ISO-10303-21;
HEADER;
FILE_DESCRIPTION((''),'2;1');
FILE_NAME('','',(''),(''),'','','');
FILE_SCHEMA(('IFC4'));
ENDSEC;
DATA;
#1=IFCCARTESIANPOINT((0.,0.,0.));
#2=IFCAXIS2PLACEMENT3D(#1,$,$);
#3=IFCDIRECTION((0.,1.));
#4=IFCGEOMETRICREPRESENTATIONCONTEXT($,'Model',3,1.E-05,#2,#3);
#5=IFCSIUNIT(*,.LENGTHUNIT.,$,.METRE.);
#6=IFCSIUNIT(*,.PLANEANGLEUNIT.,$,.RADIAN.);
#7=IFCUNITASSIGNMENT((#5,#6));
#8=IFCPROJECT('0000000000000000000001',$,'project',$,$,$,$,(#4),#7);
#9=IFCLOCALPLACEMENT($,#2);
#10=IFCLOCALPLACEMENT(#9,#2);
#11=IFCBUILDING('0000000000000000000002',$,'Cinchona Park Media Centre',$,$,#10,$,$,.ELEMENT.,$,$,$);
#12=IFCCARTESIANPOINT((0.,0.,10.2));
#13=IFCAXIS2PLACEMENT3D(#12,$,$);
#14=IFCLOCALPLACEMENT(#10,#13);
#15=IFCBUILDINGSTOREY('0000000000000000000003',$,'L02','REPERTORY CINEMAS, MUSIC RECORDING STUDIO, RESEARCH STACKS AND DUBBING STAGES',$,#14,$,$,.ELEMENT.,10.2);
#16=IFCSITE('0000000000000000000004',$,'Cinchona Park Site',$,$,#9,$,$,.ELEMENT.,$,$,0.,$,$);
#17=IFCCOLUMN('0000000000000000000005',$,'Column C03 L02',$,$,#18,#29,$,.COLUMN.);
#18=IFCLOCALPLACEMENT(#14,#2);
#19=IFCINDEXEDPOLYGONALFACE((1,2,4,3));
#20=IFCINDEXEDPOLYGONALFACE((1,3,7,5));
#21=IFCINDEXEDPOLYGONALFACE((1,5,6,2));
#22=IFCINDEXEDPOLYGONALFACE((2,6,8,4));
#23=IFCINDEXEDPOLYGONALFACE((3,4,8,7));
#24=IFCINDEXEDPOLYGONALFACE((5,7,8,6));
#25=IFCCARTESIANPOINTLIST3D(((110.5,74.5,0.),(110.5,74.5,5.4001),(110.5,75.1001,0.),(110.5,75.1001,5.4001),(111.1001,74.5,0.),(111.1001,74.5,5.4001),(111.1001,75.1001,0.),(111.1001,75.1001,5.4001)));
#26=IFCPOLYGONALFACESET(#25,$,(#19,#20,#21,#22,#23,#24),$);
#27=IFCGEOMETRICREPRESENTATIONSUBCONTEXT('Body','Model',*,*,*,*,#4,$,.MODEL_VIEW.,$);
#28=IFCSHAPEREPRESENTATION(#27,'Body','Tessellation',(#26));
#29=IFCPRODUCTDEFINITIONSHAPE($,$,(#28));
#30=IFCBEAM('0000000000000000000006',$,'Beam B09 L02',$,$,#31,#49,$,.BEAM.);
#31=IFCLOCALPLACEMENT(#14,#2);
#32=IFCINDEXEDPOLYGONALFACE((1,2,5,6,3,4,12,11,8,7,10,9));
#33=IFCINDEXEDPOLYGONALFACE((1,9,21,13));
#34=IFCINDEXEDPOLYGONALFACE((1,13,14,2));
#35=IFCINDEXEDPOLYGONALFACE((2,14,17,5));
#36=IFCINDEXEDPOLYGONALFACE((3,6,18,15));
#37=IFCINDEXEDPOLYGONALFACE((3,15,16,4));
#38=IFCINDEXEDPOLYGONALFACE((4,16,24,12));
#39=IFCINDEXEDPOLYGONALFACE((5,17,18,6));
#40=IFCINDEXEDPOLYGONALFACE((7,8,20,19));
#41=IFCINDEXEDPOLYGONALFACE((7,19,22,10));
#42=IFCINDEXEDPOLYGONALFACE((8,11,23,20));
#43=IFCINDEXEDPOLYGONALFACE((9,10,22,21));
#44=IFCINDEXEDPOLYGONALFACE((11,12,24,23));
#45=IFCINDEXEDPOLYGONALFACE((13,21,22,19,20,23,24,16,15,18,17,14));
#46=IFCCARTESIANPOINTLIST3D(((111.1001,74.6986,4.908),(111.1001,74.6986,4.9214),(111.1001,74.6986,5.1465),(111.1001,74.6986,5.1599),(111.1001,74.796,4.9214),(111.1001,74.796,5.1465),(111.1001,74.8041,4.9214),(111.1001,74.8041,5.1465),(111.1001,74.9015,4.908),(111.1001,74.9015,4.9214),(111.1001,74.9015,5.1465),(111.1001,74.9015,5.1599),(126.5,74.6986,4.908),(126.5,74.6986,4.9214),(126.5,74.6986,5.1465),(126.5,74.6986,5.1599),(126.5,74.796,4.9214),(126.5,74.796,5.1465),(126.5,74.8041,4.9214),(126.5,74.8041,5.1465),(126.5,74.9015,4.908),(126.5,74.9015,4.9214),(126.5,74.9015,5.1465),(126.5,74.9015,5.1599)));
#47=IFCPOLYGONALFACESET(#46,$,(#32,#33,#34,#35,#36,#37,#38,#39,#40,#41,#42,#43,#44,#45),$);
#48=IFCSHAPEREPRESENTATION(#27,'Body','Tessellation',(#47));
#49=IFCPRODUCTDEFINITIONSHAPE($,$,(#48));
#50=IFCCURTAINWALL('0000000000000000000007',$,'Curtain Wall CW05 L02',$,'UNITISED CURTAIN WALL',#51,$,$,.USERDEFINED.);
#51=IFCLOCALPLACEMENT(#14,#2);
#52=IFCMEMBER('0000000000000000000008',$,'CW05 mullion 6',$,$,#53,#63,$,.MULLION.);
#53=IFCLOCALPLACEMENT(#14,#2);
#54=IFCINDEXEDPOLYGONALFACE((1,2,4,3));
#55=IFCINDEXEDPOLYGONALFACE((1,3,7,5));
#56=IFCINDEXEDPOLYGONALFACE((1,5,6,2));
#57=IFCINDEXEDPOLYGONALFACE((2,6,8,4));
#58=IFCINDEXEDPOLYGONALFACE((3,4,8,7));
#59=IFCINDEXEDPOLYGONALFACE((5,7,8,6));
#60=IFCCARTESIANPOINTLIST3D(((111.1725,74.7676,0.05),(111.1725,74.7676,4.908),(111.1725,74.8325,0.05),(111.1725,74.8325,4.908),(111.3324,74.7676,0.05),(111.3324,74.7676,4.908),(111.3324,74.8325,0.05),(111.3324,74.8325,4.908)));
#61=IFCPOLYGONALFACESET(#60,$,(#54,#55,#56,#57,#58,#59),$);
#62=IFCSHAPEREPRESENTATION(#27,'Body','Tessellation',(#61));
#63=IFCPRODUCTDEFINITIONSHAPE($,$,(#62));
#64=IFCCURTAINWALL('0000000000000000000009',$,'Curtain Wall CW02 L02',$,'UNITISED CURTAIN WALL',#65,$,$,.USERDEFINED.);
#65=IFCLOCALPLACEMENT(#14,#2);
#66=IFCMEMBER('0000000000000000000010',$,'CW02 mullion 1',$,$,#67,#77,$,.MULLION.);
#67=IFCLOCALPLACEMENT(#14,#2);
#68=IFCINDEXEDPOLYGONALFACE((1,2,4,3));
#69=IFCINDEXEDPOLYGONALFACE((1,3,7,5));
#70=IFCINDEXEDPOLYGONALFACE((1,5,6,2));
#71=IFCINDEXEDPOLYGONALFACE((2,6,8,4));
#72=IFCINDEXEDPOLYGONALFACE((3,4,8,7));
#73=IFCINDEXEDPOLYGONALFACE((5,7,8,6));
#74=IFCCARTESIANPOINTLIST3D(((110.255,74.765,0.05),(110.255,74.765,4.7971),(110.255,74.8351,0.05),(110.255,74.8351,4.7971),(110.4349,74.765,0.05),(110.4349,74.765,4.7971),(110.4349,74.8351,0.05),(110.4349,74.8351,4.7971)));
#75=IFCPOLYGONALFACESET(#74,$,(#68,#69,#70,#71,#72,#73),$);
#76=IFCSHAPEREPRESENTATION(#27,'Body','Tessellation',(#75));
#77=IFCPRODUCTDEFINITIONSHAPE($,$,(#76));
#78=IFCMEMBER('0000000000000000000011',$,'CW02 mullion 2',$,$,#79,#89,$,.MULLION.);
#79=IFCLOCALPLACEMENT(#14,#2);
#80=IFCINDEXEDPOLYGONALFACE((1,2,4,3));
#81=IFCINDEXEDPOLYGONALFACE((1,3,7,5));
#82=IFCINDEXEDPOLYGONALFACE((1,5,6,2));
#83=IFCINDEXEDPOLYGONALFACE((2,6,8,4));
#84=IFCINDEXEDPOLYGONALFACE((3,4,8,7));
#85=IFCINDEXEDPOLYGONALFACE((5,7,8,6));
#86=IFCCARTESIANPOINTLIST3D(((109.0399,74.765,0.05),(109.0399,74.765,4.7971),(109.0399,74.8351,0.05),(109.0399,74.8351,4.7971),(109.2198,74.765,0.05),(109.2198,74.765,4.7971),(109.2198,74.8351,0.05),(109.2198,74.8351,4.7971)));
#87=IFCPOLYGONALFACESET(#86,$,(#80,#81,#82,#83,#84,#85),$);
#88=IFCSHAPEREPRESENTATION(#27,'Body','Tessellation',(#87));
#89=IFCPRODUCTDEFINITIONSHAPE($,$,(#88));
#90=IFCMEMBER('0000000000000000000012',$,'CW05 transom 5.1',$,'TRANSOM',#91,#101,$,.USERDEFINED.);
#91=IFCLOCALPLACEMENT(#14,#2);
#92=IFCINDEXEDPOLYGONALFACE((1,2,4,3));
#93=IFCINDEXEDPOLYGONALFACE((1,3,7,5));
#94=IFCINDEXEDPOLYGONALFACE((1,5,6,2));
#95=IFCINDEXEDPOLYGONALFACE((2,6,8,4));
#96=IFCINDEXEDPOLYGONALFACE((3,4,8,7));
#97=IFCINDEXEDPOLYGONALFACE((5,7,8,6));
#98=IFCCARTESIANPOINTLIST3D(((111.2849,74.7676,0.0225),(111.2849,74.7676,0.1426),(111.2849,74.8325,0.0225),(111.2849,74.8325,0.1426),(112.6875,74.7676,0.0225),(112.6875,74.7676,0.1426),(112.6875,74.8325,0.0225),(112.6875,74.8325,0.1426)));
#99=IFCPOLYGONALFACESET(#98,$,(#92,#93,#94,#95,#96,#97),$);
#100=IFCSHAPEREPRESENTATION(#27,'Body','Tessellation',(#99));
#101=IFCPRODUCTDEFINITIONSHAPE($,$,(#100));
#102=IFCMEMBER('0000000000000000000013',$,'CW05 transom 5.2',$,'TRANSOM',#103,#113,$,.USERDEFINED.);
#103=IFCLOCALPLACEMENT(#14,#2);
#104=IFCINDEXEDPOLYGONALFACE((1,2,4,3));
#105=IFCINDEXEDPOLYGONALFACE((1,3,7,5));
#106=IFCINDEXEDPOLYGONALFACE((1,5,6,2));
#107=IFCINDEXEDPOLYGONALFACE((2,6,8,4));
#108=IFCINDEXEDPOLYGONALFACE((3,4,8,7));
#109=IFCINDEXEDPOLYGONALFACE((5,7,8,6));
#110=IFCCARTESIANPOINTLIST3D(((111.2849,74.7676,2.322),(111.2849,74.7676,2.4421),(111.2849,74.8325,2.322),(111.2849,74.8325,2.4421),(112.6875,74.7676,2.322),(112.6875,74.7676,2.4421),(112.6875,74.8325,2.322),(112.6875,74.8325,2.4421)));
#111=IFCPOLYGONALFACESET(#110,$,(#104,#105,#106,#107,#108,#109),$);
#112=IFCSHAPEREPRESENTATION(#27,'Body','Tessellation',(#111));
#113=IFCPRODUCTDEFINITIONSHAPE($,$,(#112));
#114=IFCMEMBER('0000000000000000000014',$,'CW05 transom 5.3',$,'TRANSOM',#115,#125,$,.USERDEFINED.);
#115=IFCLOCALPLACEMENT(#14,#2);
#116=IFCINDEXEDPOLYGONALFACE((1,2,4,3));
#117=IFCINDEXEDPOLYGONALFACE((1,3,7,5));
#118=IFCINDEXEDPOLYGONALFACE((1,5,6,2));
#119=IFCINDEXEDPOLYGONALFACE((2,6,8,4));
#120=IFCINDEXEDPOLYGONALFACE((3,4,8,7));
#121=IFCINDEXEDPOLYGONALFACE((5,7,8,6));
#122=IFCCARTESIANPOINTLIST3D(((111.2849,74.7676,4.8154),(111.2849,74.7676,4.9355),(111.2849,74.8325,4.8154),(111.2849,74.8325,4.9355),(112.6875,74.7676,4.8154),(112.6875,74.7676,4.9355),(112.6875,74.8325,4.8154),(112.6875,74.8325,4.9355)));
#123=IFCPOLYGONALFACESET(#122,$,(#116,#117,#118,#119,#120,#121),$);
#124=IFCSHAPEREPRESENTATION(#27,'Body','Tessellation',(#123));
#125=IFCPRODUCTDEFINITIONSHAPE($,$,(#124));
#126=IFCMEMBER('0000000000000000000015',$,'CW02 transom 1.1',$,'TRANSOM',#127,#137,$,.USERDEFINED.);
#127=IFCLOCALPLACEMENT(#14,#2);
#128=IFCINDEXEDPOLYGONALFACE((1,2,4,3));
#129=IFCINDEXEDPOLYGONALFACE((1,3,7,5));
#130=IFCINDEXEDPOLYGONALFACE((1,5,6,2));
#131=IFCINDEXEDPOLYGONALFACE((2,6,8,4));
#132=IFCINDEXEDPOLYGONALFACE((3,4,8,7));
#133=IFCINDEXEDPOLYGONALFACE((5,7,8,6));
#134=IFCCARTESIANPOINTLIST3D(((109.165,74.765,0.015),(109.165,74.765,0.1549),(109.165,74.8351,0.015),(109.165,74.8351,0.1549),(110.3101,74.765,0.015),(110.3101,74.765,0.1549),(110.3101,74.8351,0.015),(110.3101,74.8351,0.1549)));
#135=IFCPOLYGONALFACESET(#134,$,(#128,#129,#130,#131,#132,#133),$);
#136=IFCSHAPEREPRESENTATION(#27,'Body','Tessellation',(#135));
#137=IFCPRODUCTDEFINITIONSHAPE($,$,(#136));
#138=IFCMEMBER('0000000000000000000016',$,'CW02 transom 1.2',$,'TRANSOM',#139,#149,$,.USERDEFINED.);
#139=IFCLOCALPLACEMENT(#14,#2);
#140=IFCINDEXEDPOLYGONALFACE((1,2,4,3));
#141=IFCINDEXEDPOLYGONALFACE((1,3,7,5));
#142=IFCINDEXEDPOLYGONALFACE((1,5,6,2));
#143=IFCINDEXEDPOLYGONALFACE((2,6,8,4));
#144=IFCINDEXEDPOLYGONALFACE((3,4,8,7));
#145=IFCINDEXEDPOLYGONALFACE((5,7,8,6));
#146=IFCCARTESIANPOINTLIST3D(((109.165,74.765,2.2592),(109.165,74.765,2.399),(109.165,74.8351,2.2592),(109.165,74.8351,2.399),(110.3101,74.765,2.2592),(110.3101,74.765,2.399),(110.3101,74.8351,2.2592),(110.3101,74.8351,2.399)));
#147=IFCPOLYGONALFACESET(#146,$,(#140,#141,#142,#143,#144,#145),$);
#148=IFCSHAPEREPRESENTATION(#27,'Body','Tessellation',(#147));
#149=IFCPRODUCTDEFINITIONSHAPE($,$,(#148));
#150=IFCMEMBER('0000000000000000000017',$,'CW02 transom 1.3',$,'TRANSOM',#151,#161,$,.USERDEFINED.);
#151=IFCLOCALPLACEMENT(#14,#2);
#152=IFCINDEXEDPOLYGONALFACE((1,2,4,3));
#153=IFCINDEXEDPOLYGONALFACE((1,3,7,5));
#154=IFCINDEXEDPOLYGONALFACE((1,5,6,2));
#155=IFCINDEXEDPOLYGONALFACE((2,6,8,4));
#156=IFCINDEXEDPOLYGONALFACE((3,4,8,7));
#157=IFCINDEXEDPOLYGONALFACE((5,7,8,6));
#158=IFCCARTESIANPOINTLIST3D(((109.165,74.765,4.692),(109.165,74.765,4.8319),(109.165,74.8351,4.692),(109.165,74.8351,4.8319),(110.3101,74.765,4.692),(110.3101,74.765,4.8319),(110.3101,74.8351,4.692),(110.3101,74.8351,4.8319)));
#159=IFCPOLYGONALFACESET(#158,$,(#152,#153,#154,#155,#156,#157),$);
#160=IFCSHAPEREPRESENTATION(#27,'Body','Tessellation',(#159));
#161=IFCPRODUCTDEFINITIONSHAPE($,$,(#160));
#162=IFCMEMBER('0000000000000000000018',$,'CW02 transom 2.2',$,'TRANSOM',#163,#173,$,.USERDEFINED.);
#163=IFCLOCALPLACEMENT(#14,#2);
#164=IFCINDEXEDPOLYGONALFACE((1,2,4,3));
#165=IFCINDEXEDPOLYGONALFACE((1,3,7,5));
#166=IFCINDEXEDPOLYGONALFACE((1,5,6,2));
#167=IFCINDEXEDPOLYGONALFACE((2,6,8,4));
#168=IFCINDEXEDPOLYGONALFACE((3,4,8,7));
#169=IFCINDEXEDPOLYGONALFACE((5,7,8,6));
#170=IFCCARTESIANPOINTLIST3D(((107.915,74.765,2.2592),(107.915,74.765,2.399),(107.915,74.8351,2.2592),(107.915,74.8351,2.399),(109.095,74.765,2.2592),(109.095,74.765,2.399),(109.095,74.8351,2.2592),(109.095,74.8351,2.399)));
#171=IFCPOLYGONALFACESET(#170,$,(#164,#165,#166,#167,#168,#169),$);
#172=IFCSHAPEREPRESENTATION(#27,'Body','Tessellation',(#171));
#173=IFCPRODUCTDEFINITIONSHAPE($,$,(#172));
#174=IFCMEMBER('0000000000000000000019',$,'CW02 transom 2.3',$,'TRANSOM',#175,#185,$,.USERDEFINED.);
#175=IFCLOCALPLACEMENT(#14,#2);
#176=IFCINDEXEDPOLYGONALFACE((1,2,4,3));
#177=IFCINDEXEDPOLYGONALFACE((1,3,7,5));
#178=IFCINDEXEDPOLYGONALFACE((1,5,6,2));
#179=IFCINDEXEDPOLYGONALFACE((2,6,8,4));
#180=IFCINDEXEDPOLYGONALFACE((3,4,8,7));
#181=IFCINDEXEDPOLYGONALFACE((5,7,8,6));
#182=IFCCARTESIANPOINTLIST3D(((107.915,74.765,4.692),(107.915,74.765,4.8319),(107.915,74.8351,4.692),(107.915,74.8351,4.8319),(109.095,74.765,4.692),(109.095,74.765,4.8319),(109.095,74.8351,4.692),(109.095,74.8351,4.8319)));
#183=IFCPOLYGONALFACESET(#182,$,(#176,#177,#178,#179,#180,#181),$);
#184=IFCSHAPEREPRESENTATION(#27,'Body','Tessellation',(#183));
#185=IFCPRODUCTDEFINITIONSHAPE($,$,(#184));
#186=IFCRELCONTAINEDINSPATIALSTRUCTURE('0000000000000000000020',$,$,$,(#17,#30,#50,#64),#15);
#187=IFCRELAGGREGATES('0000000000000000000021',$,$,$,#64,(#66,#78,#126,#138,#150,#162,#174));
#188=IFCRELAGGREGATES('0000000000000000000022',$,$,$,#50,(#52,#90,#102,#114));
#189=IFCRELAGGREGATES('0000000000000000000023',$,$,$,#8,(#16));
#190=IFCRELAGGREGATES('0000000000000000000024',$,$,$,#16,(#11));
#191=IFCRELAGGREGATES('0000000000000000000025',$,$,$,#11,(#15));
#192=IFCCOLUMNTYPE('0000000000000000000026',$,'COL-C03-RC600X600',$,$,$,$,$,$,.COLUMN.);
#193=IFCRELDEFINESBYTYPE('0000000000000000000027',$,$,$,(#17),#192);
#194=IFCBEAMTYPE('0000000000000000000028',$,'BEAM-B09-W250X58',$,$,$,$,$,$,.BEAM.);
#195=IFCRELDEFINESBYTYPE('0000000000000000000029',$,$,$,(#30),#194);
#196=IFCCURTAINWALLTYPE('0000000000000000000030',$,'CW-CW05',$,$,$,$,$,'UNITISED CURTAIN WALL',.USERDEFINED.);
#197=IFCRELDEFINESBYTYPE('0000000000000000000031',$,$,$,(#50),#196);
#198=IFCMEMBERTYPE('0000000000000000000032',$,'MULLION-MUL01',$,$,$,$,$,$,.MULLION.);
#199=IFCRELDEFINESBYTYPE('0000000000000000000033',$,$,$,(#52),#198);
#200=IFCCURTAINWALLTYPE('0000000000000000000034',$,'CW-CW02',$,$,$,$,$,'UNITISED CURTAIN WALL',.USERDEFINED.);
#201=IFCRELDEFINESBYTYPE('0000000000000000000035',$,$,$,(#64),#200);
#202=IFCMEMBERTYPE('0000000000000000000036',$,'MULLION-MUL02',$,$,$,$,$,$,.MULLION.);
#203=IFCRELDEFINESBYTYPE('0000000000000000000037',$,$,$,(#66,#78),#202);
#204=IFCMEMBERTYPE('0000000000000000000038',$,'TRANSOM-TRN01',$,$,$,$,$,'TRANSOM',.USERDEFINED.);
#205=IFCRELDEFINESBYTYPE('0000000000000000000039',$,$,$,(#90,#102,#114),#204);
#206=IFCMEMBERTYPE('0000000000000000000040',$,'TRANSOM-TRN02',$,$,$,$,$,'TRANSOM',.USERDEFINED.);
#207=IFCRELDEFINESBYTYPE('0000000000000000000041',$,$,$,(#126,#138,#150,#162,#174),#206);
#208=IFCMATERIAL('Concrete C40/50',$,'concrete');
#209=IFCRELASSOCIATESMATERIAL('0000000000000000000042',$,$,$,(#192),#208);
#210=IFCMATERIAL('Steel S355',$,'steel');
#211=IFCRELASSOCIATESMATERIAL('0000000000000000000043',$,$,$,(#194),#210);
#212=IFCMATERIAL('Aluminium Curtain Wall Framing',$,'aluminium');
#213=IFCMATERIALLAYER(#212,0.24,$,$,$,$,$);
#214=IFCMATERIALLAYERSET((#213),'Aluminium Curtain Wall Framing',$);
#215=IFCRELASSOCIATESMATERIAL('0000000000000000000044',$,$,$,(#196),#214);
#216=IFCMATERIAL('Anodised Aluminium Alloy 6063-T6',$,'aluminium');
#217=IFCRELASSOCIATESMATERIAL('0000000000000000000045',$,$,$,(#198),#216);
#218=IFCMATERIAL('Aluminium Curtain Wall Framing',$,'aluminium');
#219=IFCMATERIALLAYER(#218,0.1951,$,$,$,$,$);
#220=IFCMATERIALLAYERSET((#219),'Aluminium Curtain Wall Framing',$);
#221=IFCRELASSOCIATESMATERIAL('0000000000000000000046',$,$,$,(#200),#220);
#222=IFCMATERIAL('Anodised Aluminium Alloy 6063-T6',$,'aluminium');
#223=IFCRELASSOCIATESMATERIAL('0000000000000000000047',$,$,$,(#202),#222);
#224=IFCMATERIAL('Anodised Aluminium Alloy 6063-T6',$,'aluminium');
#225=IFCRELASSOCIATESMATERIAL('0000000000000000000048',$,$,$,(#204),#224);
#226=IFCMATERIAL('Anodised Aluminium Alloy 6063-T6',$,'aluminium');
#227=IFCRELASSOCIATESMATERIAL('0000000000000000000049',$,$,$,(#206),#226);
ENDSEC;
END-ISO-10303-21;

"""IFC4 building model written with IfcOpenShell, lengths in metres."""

from ifc_helpers import new_model, si_unit, direction, frame, origin, origin_2d, place, context, subcontext, project, spatial, rectangle, i_section, extrude, material, layer, layer_set, material_profile, profile_set, type_object, element, aggregate, save


model = new_model("IFC4")

# Units and contexts
model_context = context("Model", 3, precision=1e-05, world=origin(), true_north=direction((0.0, 1.0)))
body_context = subcontext(model_context, "Body", "Model", "MODEL_VIEW")
ifc_project = project(units=[si_unit("LENGTHUNIT", "METRE"), si_unit("PLANEANGLEUNIT", "RADIAN")], contexts=[model_context])

# Site, building, storey
site_placement = place(None, origin())
site = spatial("IfcSite", under=ifc_project, at=site_placement, Name="Cinchona Park Site", CompositionType="ELEMENT", RefElevation=0.0)
building_placement = place(site_placement, origin())
building = spatial("IfcBuilding", under=site, at=building_placement, Name="Cinchona Park Media Centre", CompositionType="ELEMENT")
storey_placement = place(building_placement, frame((0.0, 0.0, 10.2)))
storey = spatial("IfcBuildingStorey", under=building, at=storey_placement, Name="L02", Description="REPERTORY CINEMAS, MUSIC RECORDING STUDIO, RESEARCH STACKS AND DUBBING STAGES", CompositionType="ELEMENT", Elevation=10.2)

# Column
ifc_material_1 = material(Name="Concrete C40/50", Category="concrete")
ifc_material_profile_1 = material_profile(ifc_material_1, rectangle(XDim=0.6001, YDim=0.6001, at=origin_2d()), Name="RC 600X600")
ifc_profile_set_1 = profile_set([ifc_material_profile_1], Name="Concrete C40/50")
column_type = type_object("IfcColumnType", Name="COL-C03-RC600X600", PredefinedType="COLUMN", material=ifc_profile_set_1)
column_placement = place(storey_placement, frame((110.8, 74.8, 0.0), z_axis=(0.0, 0.0, 1.0), x_axis=(1.0, 0.0, 0.0)))
element("IfcColumn", 1, at=column_placement, inside=storey, type_object=column_type, Name="Column C03 L02", PredefinedType="COLUMN", context=body_context, shape_type="SweptSolid", body=[
    extrude(rectangle(XDim=0.6001, YDim=0.6001, at=origin_2d()), origin(), (0.0, 0.0, 1.0), 5.4001),
])

# Beam
ifc_material_2 = material(Name="Steel S355", Category="steel")
ifc_material_profile_2 = material_profile(ifc_material_2, i_section(OverallWidth=0.2029, OverallDepth=0.252, WebThickness=0.0081, FlangeThickness=0.0134, at=origin_2d()), Name="W250X58")
ifc_profile_set_2 = profile_set([ifc_material_profile_2], Name="Steel S355")
beam_type = type_object("IfcBeamType", Name="BEAM-B09-W250X58", PredefinedType="BEAM", material=ifc_profile_set_2)
beam_placement = place(storey_placement, frame((111.1001, 74.8, 5.0339), z_axis=(1.0, 0.0, 0.0), x_axis=(0.0, 1.0, 0.0)))
element("IfcBeam", 2, at=beam_placement, inside=storey, type_object=beam_type, Name="Beam B09 L02", PredefinedType="BEAM", context=body_context, shape_type="SweptSolid", body=[
    extrude(i_section(OverallWidth=0.2029, OverallDepth=0.252, WebThickness=0.0081, FlangeThickness=0.0134, at=origin_2d()), origin(), (0.0, 0.0, 1.0), 15.3999),
])

# Curtain wall, member
ifc_material_3 = material(Name="Aluminium Curtain Wall Framing", Category="aluminium")
ifc_layer_1 = layer(ifc_material_3, 0.24)
ifc_layer_set_1 = layer_set([ifc_layer_1], Name="Aluminium Curtain Wall Framing")
curtain_wall_type_1 = type_object("IfcCurtainWallType", Name="CW-CW05", ElementType="UNITISED CURTAIN WALL", PredefinedType="USERDEFINED", material=ifc_layer_set_1)
curtain_wall_1_placement = place(storey_placement, origin())
curtain_wall_1 = element("IfcCurtainWall", 3, at=curtain_wall_1_placement, inside=storey, type_object=curtain_wall_type_1, Name="Curtain Wall CW05 L02", ObjectType="UNITISED CURTAIN WALL", PredefinedType="USERDEFINED")
ifc_material_4 = material(Name="Anodised Aluminium Alloy 6063-T6", Category="aluminium")
ifc_material_profile_3 = material_profile(ifc_material_4, rectangle(XDim=0.0649, YDim=0.1599, at=origin_2d()), Name="MUL-65X160")
ifc_profile_set_3 = profile_set([ifc_material_profile_3], Name="Anodised Aluminium Alloy 6063-T6")
member_type_1 = type_object("IfcMemberType", Name="MULLION-MUL01", PredefinedType="MULLION", material=ifc_profile_set_3)
member_1_placement = place(storey_placement, frame((111.2524, 74.8, 0.05), z_axis=(0.0, 0.0, 1.0), x_axis=(0.0, -1.0, 0.0)))
member_1 = element("IfcMember", 4, at=member_1_placement, type_object=member_type_1, Name="CW05 mullion 6", PredefinedType="MULLION", context=body_context, shape_type="SweptSolid", body=[
    extrude(rectangle(XDim=0.0649, YDim=0.1599, at=origin_2d()), origin(), (0.0, 0.0, 1.0), 4.8579),
])

# Curtain wall, members
ifc_material_5 = material(Name="Aluminium Curtain Wall Framing", Category="aluminium")
ifc_layer_2 = layer(ifc_material_5, 0.1951)
ifc_layer_set_2 = layer_set([ifc_layer_2], Name="Aluminium Curtain Wall Framing")
curtain_wall_type_2 = type_object("IfcCurtainWallType", Name="CW-CW02", ElementType="UNITISED CURTAIN WALL", PredefinedType="USERDEFINED", material=ifc_layer_set_2)
curtain_wall_2_placement = place(storey_placement, origin())
curtain_wall_2 = element("IfcCurtainWall", 5, at=curtain_wall_2_placement, inside=storey, type_object=curtain_wall_type_2, Name="Curtain Wall CW02 L02", ObjectType="UNITISED CURTAIN WALL", PredefinedType="USERDEFINED")
ifc_material_6 = material(Name="Anodised Aluminium Alloy 6063-T6", Category="aluminium")
ifc_material_profile_4 = material_profile(ifc_material_6, rectangle(XDim=0.0701, YDim=0.1799, at=origin_2d()), Name="MUL-70X180")
ifc_profile_set_4 = profile_set([ifc_material_profile_4], Name="Anodised Aluminium Alloy 6063-T6")
member_type_2 = type_object("IfcMemberType", Name="MULLION-MUL02", PredefinedType="MULLION", material=ifc_profile_set_4)
member_2_placement = place(storey_placement, frame((110.345, 74.8, 0.05), z_axis=(0.0, 0.0, 1.0), x_axis=(0.0, -1.0, 0.0)))
member_2 = element("IfcMember", 6, at=member_2_placement, type_object=member_type_2, Name="CW02 mullion 1", PredefinedType="MULLION", context=body_context, shape_type="SweptSolid", body=[
    extrude(rectangle(XDim=0.0701, YDim=0.1799, at=origin_2d()), origin(), (0.0, 0.0, 1.0), 4.7471),
])
member_3_placement = place(storey_placement, frame((109.1299, 74.8, 0.05), z_axis=(0.0, 0.0, 1.0), x_axis=(0.0, -1.0, 0.0)))
member_3 = element("IfcMember", 7, at=member_3_placement, type_object=member_type_2, Name="CW02 mullion 2", PredefinedType="MULLION", context=body_context, shape_type="SweptSolid", body=[
    extrude(rectangle(XDim=0.0701, YDim=0.1799, at=origin_2d()), origin(), (0.0, 0.0, 1.0), 4.7471),
])

# Members
ifc_material_7 = material(Name="Anodised Aluminium Alloy 6063-T6", Category="aluminium")
ifc_material_profile_5 = material_profile(ifc_material_7, rectangle(XDim=0.0649, YDim=0.1201, at=origin_2d()), Name="TRN-65X120")
ifc_profile_set_5 = profile_set([ifc_material_profile_5], Name="Anodised Aluminium Alloy 6063-T6")
member_type_3 = type_object("IfcMemberType", Name="TRANSOM-TRN01", ElementType="TRANSOM", PredefinedType="USERDEFINED", material=ifc_profile_set_5)
member_4_placement = place(storey_placement, frame((112.6875, 74.8, 0.0825), z_axis=(-1.0, 0.0, 0.0), x_axis=(0.0, -1.0, 0.0)))
member_4 = element("IfcMember", 8, at=member_4_placement, type_object=member_type_3, Name="CW05 transom 5.1", ObjectType="TRANSOM", PredefinedType="USERDEFINED", context=body_context, shape_type="SweptSolid", body=[
    extrude(rectangle(XDim=0.0649, YDim=0.1201, at=origin_2d()), origin(), (0.0, 0.0, 1.0), 1.4026),
])
member_5_placement = place(storey_placement, frame((112.6875, 74.8, 2.3821), z_axis=(-1.0, 0.0, 0.0), x_axis=(0.0, -1.0, 0.0)))
member_5 = element("IfcMember", 9, at=member_5_placement, type_object=member_type_3, Name="CW05 transom 5.2", ObjectType="TRANSOM", PredefinedType="USERDEFINED", context=body_context, shape_type="SweptSolid", body=[
    extrude(rectangle(XDim=0.0649, YDim=0.1201, at=origin_2d()), origin(), (0.0, 0.0, 1.0), 1.4026),
])
member_6_placement = place(storey_placement, frame((112.6875, 74.8, 4.8755), z_axis=(-1.0, 0.0, 0.0), x_axis=(0.0, -1.0, 0.0)))
member_6 = element("IfcMember", 10, at=member_6_placement, type_object=member_type_3, Name="CW05 transom 5.3", ObjectType="TRANSOM", PredefinedType="USERDEFINED", context=body_context, shape_type="SweptSolid", body=[
    extrude(rectangle(XDim=0.0649, YDim=0.1201, at=origin_2d()), origin(), (0.0, 0.0, 1.0), 1.4026),
])
ifc_material_8 = material(Name="Anodised Aluminium Alloy 6063-T6", Category="aluminium")
ifc_material_profile_6 = material_profile(ifc_material_8, rectangle(XDim=0.0701, YDim=0.1399, at=origin_2d()), Name="TRN-70X140")
ifc_profile_set_6 = profile_set([ifc_material_profile_6], Name="Anodised Aluminium Alloy 6063-T6")
member_type_4 = type_object("IfcMemberType", Name="TRANSOM-TRN02", ElementType="TRANSOM", PredefinedType="USERDEFINED", material=ifc_profile_set_6)
member_7_placement = place(storey_placement, frame((110.3101, 74.8, 0.085), z_axis=(-1.0, 0.0, 0.0), x_axis=(0.0, -1.0, 0.0)))
member_7 = element("IfcMember", 11, at=member_7_placement, type_object=member_type_4, Name="CW02 transom 1.1", ObjectType="TRANSOM", PredefinedType="USERDEFINED", context=body_context, shape_type="SweptSolid", body=[
    extrude(rectangle(XDim=0.0701, YDim=0.1399, at=origin_2d()), origin(), (0.0, 0.0, 1.0), 1.145),
])
member_8_placement = place(storey_placement, frame((110.3101, 74.8, 2.3291), z_axis=(-1.0, 0.0, 0.0), x_axis=(0.0, -1.0, 0.0)))
member_8 = element("IfcMember", 12, at=member_8_placement, type_object=member_type_4, Name="CW02 transom 1.2", ObjectType="TRANSOM", PredefinedType="USERDEFINED", context=body_context, shape_type="SweptSolid", body=[
    extrude(rectangle(XDim=0.0701, YDim=0.1399, at=origin_2d()), origin(), (0.0, 0.0, 1.0), 1.145),
])
member_9_placement = place(storey_placement, frame((110.3101, 74.8, 4.762), z_axis=(-1.0, 0.0, 0.0), x_axis=(0.0, -1.0, 0.0)))
member_9 = element("IfcMember", 13, at=member_9_placement, type_object=member_type_4, Name="CW02 transom 1.3", ObjectType="TRANSOM", PredefinedType="USERDEFINED", context=body_context, shape_type="SweptSolid", body=[
    extrude(rectangle(XDim=0.0701, YDim=0.1399, at=origin_2d()), origin(), (0.0, 0.0, 1.0), 1.145),
])
member_10_placement = place(storey_placement, frame((109.095, 74.8, 2.3291), z_axis=(-1.0, 0.0, 0.0), x_axis=(0.0, -1.0, 0.0)))
member_10 = element("IfcMember", 14, at=member_10_placement, type_object=member_type_4, Name="CW02 transom 2.2", ObjectType="TRANSOM", PredefinedType="USERDEFINED", context=body_context, shape_type="SweptSolid", body=[
    extrude(rectangle(XDim=0.0701, YDim=0.1399, at=origin_2d()), origin(), (0.0, 0.0, 1.0), 1.1799),
])
member_11_placement = place(storey_placement, frame((109.095, 74.8, 4.762), z_axis=(-1.0, 0.0, 0.0), x_axis=(0.0, -1.0, 0.0)))
member_11 = element("IfcMember", 15, at=member_11_placement, type_object=member_type_4, Name="CW02 transom 2.3", ObjectType="TRANSOM", PredefinedType="USERDEFINED", context=body_context, shape_type="SweptSolid", body=[
    extrude(rectangle(XDim=0.0701, YDim=0.1399, at=origin_2d()), origin(), (0.0, 0.0, 1.0), 1.1799),
])

aggregate(curtain_wall_2, [member_2, member_3, member_7, member_8, member_9, member_10, member_11])
aggregate(curtain_wall_1, [member_1, member_4, member_5, member_6])

save(model, "model.ifc")
